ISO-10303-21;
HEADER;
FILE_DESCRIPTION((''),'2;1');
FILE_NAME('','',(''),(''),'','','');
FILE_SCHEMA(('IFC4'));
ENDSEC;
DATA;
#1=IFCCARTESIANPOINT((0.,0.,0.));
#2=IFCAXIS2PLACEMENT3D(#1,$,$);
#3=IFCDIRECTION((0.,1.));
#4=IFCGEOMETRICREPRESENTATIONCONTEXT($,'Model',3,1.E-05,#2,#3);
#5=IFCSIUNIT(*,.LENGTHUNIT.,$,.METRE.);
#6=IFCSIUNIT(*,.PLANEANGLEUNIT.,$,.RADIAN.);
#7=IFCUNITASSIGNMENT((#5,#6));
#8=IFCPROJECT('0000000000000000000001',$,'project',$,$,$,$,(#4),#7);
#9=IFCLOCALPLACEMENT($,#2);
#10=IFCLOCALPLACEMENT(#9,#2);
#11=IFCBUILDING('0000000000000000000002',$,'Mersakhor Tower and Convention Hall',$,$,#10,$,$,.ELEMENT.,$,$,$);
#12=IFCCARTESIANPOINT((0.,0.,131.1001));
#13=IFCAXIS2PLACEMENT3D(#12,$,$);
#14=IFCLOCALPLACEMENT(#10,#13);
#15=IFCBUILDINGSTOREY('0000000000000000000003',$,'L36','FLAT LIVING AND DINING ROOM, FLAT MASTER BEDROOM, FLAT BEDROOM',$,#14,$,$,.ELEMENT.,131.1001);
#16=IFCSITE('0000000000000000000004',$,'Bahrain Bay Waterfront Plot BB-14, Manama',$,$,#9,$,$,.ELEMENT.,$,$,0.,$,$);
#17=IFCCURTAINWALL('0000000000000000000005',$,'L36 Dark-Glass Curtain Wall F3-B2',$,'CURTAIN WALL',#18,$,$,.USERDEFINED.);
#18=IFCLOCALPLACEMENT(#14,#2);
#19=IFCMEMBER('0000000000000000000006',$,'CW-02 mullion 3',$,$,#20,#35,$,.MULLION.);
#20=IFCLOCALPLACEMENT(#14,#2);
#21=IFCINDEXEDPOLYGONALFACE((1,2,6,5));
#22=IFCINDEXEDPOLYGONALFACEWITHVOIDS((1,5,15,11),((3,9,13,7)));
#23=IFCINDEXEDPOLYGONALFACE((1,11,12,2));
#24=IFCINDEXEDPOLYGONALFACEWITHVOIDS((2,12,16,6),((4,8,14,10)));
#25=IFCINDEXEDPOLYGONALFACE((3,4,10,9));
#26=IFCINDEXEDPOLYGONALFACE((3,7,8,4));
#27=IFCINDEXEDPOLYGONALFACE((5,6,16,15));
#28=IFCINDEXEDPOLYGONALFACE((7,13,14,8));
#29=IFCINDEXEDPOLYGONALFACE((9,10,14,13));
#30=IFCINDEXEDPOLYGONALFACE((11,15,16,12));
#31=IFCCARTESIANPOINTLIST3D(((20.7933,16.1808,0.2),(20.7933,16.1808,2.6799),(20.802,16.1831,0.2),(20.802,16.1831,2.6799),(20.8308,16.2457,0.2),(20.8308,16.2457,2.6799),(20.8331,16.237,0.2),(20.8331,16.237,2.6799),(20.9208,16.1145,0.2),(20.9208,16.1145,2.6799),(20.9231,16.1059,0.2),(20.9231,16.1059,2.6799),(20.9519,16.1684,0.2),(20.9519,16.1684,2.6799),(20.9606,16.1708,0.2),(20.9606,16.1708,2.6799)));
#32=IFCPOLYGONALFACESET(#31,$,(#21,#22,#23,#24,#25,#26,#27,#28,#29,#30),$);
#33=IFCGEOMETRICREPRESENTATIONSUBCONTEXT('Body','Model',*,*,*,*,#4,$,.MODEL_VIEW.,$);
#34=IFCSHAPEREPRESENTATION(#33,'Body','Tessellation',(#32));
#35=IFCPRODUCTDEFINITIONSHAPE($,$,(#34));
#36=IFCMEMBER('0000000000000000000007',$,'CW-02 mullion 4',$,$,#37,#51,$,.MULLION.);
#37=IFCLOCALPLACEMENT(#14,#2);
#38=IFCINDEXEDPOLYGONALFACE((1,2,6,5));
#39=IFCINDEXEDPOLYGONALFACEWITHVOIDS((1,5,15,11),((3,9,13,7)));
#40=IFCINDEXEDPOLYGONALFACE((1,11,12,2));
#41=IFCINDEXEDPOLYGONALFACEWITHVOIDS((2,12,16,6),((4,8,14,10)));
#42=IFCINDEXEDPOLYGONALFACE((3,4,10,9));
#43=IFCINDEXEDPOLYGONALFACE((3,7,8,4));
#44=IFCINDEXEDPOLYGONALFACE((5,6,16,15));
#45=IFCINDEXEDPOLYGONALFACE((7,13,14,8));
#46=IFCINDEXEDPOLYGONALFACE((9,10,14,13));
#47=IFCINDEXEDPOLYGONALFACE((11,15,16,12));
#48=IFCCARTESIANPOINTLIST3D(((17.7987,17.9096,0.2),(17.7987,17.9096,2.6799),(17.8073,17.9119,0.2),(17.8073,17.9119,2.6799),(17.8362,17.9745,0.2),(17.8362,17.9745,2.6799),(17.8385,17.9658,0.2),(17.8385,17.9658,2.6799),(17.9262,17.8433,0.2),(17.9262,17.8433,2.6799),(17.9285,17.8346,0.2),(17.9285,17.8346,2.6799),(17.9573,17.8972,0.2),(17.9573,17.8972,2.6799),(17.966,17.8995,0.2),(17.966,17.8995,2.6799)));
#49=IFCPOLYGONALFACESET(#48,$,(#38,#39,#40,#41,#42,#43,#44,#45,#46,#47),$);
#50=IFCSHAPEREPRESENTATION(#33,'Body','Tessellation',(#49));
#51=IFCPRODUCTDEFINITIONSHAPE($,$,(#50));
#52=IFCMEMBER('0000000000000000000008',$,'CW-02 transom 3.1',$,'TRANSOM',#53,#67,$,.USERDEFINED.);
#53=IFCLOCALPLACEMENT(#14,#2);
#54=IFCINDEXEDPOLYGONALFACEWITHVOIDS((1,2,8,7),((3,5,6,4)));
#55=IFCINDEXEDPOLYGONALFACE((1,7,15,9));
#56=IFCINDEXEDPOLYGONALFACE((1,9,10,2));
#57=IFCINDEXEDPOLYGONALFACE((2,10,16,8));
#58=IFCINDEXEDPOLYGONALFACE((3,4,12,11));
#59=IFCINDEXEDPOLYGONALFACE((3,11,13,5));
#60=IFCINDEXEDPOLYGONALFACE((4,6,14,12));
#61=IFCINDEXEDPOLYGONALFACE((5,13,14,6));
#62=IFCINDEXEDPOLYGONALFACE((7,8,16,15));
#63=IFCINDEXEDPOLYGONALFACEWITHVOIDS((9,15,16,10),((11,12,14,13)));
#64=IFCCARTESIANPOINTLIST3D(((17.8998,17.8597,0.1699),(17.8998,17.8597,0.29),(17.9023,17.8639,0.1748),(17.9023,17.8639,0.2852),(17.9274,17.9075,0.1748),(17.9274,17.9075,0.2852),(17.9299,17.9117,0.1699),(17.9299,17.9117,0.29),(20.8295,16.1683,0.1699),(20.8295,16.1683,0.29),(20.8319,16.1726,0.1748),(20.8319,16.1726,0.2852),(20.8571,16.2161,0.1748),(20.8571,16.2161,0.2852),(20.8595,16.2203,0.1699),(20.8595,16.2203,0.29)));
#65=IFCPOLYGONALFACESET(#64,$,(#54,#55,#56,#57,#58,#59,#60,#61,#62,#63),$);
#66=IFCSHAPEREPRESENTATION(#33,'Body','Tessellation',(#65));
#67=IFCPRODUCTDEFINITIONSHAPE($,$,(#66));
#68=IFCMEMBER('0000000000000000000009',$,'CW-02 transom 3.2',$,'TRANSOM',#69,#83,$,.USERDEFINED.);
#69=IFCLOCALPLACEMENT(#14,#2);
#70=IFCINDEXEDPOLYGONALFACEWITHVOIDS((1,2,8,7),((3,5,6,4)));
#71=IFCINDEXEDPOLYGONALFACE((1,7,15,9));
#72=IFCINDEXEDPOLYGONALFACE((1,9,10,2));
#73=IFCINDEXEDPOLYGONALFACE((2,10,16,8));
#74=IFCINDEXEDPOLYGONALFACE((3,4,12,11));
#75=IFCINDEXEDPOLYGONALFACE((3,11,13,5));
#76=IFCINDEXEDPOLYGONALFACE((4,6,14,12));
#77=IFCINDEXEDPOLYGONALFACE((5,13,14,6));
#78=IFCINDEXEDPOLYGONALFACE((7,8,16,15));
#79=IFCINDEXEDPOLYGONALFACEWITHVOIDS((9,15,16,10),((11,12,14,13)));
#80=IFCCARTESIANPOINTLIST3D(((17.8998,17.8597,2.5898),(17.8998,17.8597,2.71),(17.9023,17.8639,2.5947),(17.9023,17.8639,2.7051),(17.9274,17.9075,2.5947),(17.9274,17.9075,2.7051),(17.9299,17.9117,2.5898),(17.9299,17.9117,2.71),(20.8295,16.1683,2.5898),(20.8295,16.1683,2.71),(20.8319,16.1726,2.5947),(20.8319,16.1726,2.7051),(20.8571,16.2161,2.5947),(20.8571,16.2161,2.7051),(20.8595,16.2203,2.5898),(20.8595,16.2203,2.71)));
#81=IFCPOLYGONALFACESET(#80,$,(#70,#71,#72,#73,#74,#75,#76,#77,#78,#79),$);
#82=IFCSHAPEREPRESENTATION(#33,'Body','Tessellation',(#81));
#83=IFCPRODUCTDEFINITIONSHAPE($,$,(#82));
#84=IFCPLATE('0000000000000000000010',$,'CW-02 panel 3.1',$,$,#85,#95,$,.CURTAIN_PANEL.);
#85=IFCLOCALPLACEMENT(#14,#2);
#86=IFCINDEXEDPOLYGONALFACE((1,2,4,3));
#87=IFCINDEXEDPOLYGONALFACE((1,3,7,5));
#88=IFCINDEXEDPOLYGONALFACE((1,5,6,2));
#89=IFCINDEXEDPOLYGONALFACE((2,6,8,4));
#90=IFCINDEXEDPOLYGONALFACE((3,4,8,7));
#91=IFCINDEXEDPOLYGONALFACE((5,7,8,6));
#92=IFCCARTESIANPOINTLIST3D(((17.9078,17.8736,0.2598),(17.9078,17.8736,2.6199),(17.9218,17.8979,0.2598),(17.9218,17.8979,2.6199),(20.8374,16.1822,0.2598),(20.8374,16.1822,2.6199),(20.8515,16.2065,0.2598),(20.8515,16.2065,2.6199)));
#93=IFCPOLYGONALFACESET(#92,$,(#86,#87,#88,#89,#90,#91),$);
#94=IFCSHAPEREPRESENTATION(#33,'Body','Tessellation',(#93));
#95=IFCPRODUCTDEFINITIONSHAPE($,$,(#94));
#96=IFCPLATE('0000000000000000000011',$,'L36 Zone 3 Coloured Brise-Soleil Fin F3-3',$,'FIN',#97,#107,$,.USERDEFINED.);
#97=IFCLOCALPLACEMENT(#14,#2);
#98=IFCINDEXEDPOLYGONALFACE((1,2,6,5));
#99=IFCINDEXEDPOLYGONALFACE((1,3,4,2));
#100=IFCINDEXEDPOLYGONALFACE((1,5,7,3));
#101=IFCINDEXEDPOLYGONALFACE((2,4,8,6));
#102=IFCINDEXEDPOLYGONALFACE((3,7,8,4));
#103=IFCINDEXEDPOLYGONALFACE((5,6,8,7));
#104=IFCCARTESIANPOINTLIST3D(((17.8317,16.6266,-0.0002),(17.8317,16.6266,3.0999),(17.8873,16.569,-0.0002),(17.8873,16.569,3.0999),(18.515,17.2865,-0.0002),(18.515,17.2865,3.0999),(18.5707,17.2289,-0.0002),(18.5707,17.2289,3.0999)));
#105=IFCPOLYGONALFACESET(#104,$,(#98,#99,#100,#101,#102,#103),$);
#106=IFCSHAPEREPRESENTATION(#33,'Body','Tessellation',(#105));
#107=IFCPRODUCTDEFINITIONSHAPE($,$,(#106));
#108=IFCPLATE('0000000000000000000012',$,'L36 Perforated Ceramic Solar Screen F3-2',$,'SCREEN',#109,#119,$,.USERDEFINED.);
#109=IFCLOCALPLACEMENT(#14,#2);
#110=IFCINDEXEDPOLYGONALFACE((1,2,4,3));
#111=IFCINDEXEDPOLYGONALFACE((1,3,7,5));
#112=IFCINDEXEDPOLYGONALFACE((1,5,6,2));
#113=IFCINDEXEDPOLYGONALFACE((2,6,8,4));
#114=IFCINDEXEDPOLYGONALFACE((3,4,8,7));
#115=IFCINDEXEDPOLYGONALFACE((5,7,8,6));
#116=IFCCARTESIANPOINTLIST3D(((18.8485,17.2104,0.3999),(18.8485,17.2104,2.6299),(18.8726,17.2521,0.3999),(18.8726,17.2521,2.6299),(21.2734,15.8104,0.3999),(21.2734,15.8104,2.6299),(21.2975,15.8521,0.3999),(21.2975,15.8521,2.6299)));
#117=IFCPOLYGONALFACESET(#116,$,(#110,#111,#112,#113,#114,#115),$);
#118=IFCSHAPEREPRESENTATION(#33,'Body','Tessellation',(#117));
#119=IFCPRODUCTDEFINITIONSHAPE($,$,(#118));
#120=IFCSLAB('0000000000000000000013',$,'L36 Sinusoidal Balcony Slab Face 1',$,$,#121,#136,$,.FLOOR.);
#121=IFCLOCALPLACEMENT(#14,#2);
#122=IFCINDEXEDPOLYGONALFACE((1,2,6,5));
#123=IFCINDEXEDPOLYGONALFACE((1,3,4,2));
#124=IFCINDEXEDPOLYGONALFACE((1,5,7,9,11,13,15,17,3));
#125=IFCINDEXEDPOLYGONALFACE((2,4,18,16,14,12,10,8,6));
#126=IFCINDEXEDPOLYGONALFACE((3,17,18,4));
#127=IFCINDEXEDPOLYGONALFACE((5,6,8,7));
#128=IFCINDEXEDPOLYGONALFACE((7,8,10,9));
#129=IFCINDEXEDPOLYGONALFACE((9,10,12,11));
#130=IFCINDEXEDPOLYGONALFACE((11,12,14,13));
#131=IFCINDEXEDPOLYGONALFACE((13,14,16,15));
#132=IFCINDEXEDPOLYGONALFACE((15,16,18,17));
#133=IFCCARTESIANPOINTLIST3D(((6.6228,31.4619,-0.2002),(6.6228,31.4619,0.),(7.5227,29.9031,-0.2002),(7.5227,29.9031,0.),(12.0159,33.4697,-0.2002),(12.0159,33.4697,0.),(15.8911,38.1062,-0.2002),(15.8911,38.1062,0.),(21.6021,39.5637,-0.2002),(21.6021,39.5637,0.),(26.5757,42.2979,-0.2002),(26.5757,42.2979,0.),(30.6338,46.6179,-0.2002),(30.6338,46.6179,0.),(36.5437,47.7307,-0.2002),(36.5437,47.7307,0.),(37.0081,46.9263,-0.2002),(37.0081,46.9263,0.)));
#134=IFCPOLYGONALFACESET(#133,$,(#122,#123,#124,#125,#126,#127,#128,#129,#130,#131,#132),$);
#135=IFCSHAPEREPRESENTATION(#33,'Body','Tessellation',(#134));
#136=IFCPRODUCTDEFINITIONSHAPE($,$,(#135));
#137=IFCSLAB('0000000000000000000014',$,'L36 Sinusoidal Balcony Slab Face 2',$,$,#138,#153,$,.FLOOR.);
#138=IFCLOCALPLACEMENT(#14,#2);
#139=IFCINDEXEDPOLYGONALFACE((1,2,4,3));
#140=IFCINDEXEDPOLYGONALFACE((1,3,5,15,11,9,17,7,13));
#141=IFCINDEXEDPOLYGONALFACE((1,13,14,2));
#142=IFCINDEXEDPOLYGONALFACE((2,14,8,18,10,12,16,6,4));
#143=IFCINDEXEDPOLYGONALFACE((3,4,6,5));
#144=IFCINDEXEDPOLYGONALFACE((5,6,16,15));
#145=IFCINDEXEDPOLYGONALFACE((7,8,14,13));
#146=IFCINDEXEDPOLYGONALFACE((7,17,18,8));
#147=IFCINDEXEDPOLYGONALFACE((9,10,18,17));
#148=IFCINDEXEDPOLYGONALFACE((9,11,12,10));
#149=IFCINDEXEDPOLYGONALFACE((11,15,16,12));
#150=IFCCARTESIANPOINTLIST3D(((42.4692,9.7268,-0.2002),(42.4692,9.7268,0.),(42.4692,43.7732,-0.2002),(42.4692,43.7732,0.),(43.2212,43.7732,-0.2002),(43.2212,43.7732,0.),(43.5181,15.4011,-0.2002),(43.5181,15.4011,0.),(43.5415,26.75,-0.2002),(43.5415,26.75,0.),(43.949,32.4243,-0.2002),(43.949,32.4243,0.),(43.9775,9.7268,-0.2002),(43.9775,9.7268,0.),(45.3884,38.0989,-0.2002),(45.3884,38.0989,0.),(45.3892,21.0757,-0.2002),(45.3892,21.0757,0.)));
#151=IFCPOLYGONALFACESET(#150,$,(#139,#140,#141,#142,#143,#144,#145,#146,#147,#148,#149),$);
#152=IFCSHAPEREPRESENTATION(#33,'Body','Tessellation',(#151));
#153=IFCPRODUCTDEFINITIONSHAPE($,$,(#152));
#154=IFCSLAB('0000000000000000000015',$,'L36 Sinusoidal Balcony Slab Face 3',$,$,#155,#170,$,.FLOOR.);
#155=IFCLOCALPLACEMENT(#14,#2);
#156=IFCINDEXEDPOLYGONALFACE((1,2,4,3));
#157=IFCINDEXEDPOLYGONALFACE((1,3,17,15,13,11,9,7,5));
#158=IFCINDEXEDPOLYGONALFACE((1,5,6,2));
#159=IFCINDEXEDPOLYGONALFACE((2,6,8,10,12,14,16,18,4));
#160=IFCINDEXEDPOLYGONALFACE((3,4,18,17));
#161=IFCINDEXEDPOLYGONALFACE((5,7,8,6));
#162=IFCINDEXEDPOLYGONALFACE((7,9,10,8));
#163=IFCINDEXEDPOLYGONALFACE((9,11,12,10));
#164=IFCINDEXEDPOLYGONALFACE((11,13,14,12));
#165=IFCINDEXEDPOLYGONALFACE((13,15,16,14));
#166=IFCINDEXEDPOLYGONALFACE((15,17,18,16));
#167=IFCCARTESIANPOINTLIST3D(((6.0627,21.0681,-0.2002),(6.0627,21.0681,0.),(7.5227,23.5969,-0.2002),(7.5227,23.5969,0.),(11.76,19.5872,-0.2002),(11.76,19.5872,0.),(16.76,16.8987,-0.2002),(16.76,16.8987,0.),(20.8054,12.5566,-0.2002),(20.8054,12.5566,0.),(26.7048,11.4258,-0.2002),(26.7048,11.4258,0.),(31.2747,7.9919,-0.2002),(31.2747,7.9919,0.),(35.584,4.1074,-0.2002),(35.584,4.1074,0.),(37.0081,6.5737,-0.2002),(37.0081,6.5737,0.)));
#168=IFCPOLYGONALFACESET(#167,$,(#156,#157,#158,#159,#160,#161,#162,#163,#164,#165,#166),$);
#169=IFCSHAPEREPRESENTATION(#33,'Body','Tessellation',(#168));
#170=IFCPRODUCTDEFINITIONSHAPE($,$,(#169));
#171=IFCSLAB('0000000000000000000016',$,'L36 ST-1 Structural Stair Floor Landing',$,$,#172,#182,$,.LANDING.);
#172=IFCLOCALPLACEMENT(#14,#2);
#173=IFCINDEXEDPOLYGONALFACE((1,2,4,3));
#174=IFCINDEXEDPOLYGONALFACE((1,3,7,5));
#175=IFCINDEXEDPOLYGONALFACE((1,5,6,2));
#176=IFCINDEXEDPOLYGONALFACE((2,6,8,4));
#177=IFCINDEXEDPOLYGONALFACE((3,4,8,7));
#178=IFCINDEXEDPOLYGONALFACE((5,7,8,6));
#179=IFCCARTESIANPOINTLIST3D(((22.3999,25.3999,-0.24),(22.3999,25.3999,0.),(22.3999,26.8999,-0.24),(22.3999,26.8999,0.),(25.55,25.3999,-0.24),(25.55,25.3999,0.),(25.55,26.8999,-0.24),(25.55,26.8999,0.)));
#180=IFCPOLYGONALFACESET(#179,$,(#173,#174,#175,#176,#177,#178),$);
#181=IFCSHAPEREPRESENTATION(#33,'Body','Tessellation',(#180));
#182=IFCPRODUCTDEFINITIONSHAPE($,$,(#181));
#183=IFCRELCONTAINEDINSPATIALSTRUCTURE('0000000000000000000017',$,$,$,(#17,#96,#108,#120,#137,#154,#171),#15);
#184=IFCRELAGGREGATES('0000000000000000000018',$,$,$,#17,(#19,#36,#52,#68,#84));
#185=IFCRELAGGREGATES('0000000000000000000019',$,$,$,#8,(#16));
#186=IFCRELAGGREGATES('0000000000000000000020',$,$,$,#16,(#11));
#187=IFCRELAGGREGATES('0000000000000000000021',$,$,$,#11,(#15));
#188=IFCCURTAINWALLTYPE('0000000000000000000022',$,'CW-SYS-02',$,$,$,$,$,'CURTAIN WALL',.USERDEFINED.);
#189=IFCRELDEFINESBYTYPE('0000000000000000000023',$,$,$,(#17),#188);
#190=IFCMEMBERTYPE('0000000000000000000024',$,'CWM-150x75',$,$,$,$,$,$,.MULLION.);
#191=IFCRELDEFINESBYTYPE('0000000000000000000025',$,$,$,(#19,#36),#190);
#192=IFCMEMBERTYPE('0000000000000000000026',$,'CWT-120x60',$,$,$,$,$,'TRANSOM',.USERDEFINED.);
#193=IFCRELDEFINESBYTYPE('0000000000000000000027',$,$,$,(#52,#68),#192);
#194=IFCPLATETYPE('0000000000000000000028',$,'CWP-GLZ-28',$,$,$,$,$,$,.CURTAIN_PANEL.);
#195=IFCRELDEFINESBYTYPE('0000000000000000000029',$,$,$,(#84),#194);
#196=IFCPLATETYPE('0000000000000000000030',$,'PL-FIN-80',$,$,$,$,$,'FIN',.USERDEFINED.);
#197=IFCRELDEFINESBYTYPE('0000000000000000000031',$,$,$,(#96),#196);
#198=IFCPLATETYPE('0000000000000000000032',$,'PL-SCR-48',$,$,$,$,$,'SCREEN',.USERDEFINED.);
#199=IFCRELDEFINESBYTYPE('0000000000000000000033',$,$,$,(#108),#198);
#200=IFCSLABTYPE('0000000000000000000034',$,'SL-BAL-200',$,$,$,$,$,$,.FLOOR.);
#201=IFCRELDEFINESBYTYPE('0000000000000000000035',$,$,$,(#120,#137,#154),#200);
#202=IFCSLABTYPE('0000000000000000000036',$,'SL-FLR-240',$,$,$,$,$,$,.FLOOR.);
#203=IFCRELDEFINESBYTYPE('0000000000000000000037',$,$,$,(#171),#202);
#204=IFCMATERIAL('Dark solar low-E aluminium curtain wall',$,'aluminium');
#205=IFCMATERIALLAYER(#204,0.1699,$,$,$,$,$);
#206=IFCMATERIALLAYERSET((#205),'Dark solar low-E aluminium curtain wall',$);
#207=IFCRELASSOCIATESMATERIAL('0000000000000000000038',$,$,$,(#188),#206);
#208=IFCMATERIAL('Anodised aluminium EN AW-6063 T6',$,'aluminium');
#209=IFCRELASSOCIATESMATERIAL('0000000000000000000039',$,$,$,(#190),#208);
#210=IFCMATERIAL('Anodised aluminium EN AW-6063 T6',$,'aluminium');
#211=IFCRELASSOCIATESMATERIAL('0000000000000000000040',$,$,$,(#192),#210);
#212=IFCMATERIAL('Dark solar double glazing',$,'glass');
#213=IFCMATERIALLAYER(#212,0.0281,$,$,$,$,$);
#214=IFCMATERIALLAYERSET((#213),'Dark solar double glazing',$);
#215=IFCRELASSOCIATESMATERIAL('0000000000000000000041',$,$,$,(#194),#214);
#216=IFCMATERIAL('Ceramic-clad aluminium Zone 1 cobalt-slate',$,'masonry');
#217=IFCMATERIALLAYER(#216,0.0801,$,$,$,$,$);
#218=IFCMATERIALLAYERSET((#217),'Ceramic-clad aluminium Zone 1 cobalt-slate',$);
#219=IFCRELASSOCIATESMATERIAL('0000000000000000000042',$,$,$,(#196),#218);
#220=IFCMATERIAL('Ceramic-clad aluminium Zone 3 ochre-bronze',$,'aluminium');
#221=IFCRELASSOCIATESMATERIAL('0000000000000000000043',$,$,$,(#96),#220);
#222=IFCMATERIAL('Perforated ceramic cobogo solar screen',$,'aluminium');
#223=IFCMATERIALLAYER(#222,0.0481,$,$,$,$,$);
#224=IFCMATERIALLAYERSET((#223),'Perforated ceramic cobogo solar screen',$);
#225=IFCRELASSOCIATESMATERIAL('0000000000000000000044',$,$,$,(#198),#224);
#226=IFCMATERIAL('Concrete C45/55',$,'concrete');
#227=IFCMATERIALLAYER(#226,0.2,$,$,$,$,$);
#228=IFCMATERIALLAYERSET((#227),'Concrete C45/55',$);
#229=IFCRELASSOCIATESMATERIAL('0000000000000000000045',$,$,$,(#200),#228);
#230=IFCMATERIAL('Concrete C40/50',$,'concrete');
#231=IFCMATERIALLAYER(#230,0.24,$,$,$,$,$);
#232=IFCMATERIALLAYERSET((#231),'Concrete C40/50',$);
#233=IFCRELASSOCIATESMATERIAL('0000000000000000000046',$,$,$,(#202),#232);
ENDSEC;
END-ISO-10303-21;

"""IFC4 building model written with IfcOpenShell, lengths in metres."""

from ifc_helpers import new_model, si_unit, direction, frame, origin, origin_2d, place, context, subcontext, project, spatial, polyline, rectangle, hollow_rectangle, outline, extrude, material, layer, layer_set, material_profile, profile_set, type_object, element, aggregate, save


model = new_model("IFC4")

# Units and contexts
model_context = context("Model", 3, precision=1e-05, world=origin(), true_north=direction((0.0, 1.0)))
body_context = subcontext(model_context, "Body", "Model", "MODEL_VIEW")
ifc_project = project(units=[si_unit("LENGTHUNIT", "METRE"), si_unit("PLANEANGLEUNIT", "RADIAN")], contexts=[model_context])

# Site, building, storey
site_placement = place(None, origin())
site = spatial("IfcSite", under=ifc_project, at=site_placement, Name="Bahrain Bay Waterfront Plot BB-14, Manama", CompositionType="ELEMENT", RefElevation=0.0)
building_placement = place(site_placement, origin())
building = spatial("IfcBuilding", under=site, at=building_placement, Name="Mersakhor Tower and Convention Hall", CompositionType="ELEMENT")
storey_placement = place(building_placement, frame((0.0, 0.0, 131.1001)))
storey = spatial("IfcBuildingStorey", under=building, at=storey_placement, Name="L36", Description="FLAT LIVING AND DINING ROOM, FLAT MASTER BEDROOM, FLAT BEDROOM", CompositionType="ELEMENT", Elevation=131.1001)

# Curtain wall, members, plate
ifc_material_1 = material(Name="Dark solar low-E aluminium curtain wall", Category="aluminium")
ifc_layer_1 = layer(ifc_material_1, 0.1699)
ifc_layer_set_1 = layer_set([ifc_layer_1], Name="Dark solar low-E aluminium curtain wall")
curtain_wall_type = type_object("IfcCurtainWallType", Name="CW-SYS-02", ElementType="CURTAIN WALL", PredefinedType="USERDEFINED", material=ifc_layer_set_1)
curtain_wall_placement = place(storey_placement, origin())
curtain_wall = element("IfcCurtainWall", 1, at=curtain_wall_placement, inside=storey, type_object=curtain_wall_type, Name="L36 Dark-Glass Curtain Wall F3-B2", ObjectType="CURTAIN WALL", PredefinedType="USERDEFINED")
ifc_material_2 = material(Name="Anodised aluminium EN AW-6063 T6", Category="aluminium")
ifc_material_profile_1 = material_profile(ifc_material_2, hollow_rectangle(XDim=0.075, YDim=0.1499, WallThickness=0.0063, at=origin_2d()), Name="RHS 150x75x6.3")
ifc_profile_set_1 = profile_set([ifc_material_profile_1], Name="Anodised aluminium EN AW-6063 T6")
member_type_1 = type_object("IfcMemberType", Name="CWM-150x75", PredefinedType="MULLION", material=ifc_profile_set_1)
member_1_placement = place(storey_placement, frame((20.877, 16.1758, 0.2), z_axis=(0.0, 0.0, 1.0), x_axis=(-0.49999, -0.866031, 0.0)))
member_1 = element("IfcMember", 2, at=member_1_placement, type_object=member_type_1, Name="CW-02 mullion 3", PredefinedType="MULLION", context=body_context, shape_type="SweptSolid", body=[
    extrude(hollow_rectangle(XDim=0.075, YDim=0.1499, WallThickness=0.0063, at=origin_2d()), origin(), (0.0, 0.0, 1.0), 2.48),
])
member_2_placement = place(storey_placement, frame((17.8823, 17.9045, 0.2), z_axis=(0.0, 0.0, 1.0), x_axis=(-0.49999, -0.866031, 0.0)))
member_2 = element("IfcMember", 3, at=member_2_placement, type_object=member_type_1, Name="CW-02 mullion 4", PredefinedType="MULLION", context=body_context, shape_type="SweptSolid", body=[
    extrude(hollow_rectangle(XDim=0.075, YDim=0.1499, WallThickness=0.0063, at=origin_2d()), origin(), (0.0, 0.0, 1.0), 2.48),
])
ifc_material_3 = material(Name="Anodised aluminium EN AW-6063 T6", Category="aluminium")
ifc_material_profile_2 = material_profile(ifc_material_3, hollow_rectangle(XDim=0.0601, YDim=0.1201, WallThickness=0.0049, at=origin_2d()), Name="RHS 120x60x5")
ifc_profile_set_2 = profile_set([ifc_material_profile_2], Name="Anodised aluminium EN AW-6063 T6")
member_type_2 = type_object("IfcMemberType", Name="CWT-120x60", ElementType="TRANSOM", PredefinedType="USERDEFINED", material=ifc_profile_set_2)
member_3_placement = place(storey_placement, frame((20.8445, 16.1943, 0.23), z_axis=(-0.866032, 0.499989, 0.0), x_axis=(-0.499989, -0.866032, 0.0)))
member_3 = element("IfcMember", 4, at=member_3_placement, type_object=member_type_2, Name="CW-02 transom 3.1", ObjectType="TRANSOM", PredefinedType="USERDEFINED", context=body_context, shape_type="SweptSolid", body=[
    extrude(hollow_rectangle(XDim=0.0601, YDim=0.1201, WallThickness=0.0049, at=origin_2d()), origin(), (0.0, 0.0, 1.0), 3.3828),
])
member_4_placement = place(storey_placement, frame((20.8445, 16.1943, 2.6499), z_axis=(-0.866032, 0.499989, 0.0), x_axis=(-0.499989, -0.866032, 0.0)))
member_4 = element("IfcMember", 5, at=member_4_placement, type_object=member_type_2, Name="CW-02 transom 3.2", ObjectType="TRANSOM", PredefinedType="USERDEFINED", context=body_context, shape_type="SweptSolid", body=[
    extrude(hollow_rectangle(XDim=0.0601, YDim=0.1201, WallThickness=0.0049, at=origin_2d()), origin(), (0.0, 0.0, 1.0), 3.3828),
])
ifc_material_4 = material(Name="Dark solar double glazing", Category="glass")
ifc_layer_2 = layer(ifc_material_4, 0.0281)
ifc_layer_set_2 = layer_set([ifc_layer_2], Name="Dark solar double glazing")
plate_type_1 = type_object("IfcPlateType", Name="CWP-GLZ-28", PredefinedType="CURTAIN_PANEL", material=ifc_layer_set_2)
plate_1_placement = place(storey_placement, frame((19.3796, 17.04, 0.2598), z_axis=(0.0, 0.0, 1.0), x_axis=(-0.866031, 0.49999, 0.0)))
plate_1 = element("IfcPlate", 6, at=plate_1_placement, type_object=plate_type_1, Name="CW-02 panel 3.1", PredefinedType="CURTAIN_PANEL", context=body_context, shape_type="SweptSolid", body=[
    extrude(rectangle(XDim=3.3828, YDim=0.0281, at=origin_2d()), origin(), (0.0, 0.0, 1.0), 2.3601),
])
aggregate(curtain_wall, [member_1, member_2, member_3, member_4, plate_1])

# Plates
ifc_material_5 = material(Name="Ceramic-clad aluminium Zone 3 ochre-bronze", Category="aluminium")
ifc_material_6 = material(Name="Ceramic-clad aluminium Zone 1 cobalt-slate", Category="masonry")
ifc_layer_3 = layer(ifc_material_6, 0.0801)
ifc_layer_set_3 = layer_set([ifc_layer_3], Name="Ceramic-clad aluminium Zone 1 cobalt-slate")
plate_type_2 = type_object("IfcPlateType", Name="PL-FIN-80", ElementType="FIN", PredefinedType="USERDEFINED", material=ifc_layer_set_3)
plate_2_placement = place(storey_placement, frame((18.2012, 16.9277, -0.0002), z_axis=(0.0, 0.0, 1.0), x_axis=(-0.71934, -0.694658, 0.0)))
element("IfcPlate", 7, at=plate_2_placement, inside=storey, type_object=plate_type_2, material=ifc_material_5, Name="L36 Zone 3 Coloured Brise-Soleil Fin F3-3", ObjectType="FIN", PredefinedType="USERDEFINED", context=body_context, shape_type="SweptSolid", body=[
    extrude(rectangle(XDim=0.95, YDim=0.0801, at=origin_2d()), origin(), (0.0, 0.0, 1.0), 3.1001),
])
ifc_material_7 = material(Name="Perforated ceramic cobogo solar screen", Category="aluminium")
ifc_layer_4 = layer(ifc_material_7, 0.0481)
ifc_layer_set_4 = layer_set([ifc_layer_4], Name="Perforated ceramic cobogo solar screen")
plate_type_3 = type_object("IfcPlateType", Name="PL-SCR-48", ElementType="SCREEN", PredefinedType="USERDEFINED", material=ifc_layer_set_4)
plate_3_placement = place(storey_placement, frame((20.073, 16.5312, 0.3999), z_axis=(0.0, 0.0, 1.0), x_axis=(-0.866025, 0.5, 0.0)))
element("IfcPlate", 8, at=plate_3_placement, inside=storey, type_object=plate_type_3, Name="L36 Perforated Ceramic Solar Screen F3-2", ObjectType="SCREEN", PredefinedType="USERDEFINED", context=body_context, shape_type="SweptSolid", body=[
    extrude(rectangle(XDim=2.8, YDim=0.0481, at=origin_2d()), origin(), (0.0, 0.0, 1.0), 2.23),
])

# Slabs
ifc_material_8 = material(Name="Concrete C45/55", Category="concrete")
ifc_layer_5 = layer(ifc_material_8, 0.2)
ifc_layer_set_5 = layer_set([ifc_layer_5], Name="Concrete C45/55")
slab_type_1 = type_object("IfcSlabType", Name="SL-BAL-200", PredefinedType="FLOOR", material=ifc_layer_set_5)
slab_1_placement = place(storey_placement, frame((0.0, 0.0, -0.2002)))
element("IfcSlab", 9, at=slab_1_placement, inside=storey, type_object=slab_type_1, Name="L36 Sinusoidal Balcony Slab Face 1", PredefinedType="FLOOR", context=body_context, shape_type="SweptSolid", body=[
    extrude(outline(polyline([(7.5227, 29.9031), (37.0081, 46.9263), (36.5437, 47.7307), (30.6338, 46.6179), (26.5757, 42.2979), (21.6021, 39.5637), (15.8911, 38.1062), (12.0159, 33.4697), (6.6228, 31.4619), (7.5227, 29.9031)])), origin(), (0.0, 0.0, 1.0), 0.2002),
])
slab_2_placement = place(storey_placement, frame((0.0, 0.0, -0.2002)))
element("IfcSlab", 10, at=slab_2_placement, inside=storey, type_object=slab_type_1, Name="L36 Sinusoidal Balcony Slab Face 2", PredefinedType="FLOOR", context=body_context, shape_type="SweptSolid", body=[
    extrude(outline(polyline([(42.4692, 43.7732), (42.4692, 9.7268), (43.9775, 9.7268), (43.5181, 15.4011), (45.3892, 21.0757), (43.5415, 26.75), (43.949, 32.4243), (45.3884, 38.0989), (43.2212, 43.7732), (42.4692, 43.7732)])), origin(), (0.0, 0.0, 1.0), 0.2002),
])
slab_3_placement = place(storey_placement, frame((0.0, 0.0, -0.2002)))
element("IfcSlab", 11, at=slab_3_placement, inside=storey, type_object=slab_type_1, Name="L36 Sinusoidal Balcony Slab Face 3", PredefinedType="FLOOR", context=body_context, shape_type="SweptSolid", body=[
    extrude(outline(polyline([(37.0081, 6.5737), (7.5227, 23.5969), (6.0627, 21.0681), (11.76, 19.5872), (16.76, 16.8987), (20.8054, 12.5566), (26.7048, 11.4258), (31.2747, 7.9919), (35.584, 4.1074), (37.0081, 6.5737)])), origin(), (0.0, 0.0, 1.0), 0.2002),
])
ifc_material_9 = material(Name="Concrete C40/50", Category="concrete")
ifc_layer_6 = layer(ifc_material_9, 0.24)
ifc_layer_set_6 = layer_set([ifc_layer_6], Name="Concrete C40/50")
slab_type_2 = type_object("IfcSlabType", Name="SL-FLR-240", PredefinedType="FLOOR", material=ifc_layer_set_6)
slab_4_placement = place(storey_placement, frame((0.0, 0.0, -0.24)))
element("IfcSlab", 12, at=slab_4_placement, inside=storey, type_object=slab_type_2, Name="L36 ST-1 Structural Stair Floor Landing", PredefinedType="LANDING", context=body_context, shape_type="SweptSolid", body=[
    extrude(outline(polyline([(25.55, 25.3999), (25.55, 26.8999), (22.3999, 26.8999), (22.3999, 25.3999), (25.55, 25.3999)])), origin(), (0.0, 0.0, 1.0), 0.24),
])

save(model, "model.ifc")
